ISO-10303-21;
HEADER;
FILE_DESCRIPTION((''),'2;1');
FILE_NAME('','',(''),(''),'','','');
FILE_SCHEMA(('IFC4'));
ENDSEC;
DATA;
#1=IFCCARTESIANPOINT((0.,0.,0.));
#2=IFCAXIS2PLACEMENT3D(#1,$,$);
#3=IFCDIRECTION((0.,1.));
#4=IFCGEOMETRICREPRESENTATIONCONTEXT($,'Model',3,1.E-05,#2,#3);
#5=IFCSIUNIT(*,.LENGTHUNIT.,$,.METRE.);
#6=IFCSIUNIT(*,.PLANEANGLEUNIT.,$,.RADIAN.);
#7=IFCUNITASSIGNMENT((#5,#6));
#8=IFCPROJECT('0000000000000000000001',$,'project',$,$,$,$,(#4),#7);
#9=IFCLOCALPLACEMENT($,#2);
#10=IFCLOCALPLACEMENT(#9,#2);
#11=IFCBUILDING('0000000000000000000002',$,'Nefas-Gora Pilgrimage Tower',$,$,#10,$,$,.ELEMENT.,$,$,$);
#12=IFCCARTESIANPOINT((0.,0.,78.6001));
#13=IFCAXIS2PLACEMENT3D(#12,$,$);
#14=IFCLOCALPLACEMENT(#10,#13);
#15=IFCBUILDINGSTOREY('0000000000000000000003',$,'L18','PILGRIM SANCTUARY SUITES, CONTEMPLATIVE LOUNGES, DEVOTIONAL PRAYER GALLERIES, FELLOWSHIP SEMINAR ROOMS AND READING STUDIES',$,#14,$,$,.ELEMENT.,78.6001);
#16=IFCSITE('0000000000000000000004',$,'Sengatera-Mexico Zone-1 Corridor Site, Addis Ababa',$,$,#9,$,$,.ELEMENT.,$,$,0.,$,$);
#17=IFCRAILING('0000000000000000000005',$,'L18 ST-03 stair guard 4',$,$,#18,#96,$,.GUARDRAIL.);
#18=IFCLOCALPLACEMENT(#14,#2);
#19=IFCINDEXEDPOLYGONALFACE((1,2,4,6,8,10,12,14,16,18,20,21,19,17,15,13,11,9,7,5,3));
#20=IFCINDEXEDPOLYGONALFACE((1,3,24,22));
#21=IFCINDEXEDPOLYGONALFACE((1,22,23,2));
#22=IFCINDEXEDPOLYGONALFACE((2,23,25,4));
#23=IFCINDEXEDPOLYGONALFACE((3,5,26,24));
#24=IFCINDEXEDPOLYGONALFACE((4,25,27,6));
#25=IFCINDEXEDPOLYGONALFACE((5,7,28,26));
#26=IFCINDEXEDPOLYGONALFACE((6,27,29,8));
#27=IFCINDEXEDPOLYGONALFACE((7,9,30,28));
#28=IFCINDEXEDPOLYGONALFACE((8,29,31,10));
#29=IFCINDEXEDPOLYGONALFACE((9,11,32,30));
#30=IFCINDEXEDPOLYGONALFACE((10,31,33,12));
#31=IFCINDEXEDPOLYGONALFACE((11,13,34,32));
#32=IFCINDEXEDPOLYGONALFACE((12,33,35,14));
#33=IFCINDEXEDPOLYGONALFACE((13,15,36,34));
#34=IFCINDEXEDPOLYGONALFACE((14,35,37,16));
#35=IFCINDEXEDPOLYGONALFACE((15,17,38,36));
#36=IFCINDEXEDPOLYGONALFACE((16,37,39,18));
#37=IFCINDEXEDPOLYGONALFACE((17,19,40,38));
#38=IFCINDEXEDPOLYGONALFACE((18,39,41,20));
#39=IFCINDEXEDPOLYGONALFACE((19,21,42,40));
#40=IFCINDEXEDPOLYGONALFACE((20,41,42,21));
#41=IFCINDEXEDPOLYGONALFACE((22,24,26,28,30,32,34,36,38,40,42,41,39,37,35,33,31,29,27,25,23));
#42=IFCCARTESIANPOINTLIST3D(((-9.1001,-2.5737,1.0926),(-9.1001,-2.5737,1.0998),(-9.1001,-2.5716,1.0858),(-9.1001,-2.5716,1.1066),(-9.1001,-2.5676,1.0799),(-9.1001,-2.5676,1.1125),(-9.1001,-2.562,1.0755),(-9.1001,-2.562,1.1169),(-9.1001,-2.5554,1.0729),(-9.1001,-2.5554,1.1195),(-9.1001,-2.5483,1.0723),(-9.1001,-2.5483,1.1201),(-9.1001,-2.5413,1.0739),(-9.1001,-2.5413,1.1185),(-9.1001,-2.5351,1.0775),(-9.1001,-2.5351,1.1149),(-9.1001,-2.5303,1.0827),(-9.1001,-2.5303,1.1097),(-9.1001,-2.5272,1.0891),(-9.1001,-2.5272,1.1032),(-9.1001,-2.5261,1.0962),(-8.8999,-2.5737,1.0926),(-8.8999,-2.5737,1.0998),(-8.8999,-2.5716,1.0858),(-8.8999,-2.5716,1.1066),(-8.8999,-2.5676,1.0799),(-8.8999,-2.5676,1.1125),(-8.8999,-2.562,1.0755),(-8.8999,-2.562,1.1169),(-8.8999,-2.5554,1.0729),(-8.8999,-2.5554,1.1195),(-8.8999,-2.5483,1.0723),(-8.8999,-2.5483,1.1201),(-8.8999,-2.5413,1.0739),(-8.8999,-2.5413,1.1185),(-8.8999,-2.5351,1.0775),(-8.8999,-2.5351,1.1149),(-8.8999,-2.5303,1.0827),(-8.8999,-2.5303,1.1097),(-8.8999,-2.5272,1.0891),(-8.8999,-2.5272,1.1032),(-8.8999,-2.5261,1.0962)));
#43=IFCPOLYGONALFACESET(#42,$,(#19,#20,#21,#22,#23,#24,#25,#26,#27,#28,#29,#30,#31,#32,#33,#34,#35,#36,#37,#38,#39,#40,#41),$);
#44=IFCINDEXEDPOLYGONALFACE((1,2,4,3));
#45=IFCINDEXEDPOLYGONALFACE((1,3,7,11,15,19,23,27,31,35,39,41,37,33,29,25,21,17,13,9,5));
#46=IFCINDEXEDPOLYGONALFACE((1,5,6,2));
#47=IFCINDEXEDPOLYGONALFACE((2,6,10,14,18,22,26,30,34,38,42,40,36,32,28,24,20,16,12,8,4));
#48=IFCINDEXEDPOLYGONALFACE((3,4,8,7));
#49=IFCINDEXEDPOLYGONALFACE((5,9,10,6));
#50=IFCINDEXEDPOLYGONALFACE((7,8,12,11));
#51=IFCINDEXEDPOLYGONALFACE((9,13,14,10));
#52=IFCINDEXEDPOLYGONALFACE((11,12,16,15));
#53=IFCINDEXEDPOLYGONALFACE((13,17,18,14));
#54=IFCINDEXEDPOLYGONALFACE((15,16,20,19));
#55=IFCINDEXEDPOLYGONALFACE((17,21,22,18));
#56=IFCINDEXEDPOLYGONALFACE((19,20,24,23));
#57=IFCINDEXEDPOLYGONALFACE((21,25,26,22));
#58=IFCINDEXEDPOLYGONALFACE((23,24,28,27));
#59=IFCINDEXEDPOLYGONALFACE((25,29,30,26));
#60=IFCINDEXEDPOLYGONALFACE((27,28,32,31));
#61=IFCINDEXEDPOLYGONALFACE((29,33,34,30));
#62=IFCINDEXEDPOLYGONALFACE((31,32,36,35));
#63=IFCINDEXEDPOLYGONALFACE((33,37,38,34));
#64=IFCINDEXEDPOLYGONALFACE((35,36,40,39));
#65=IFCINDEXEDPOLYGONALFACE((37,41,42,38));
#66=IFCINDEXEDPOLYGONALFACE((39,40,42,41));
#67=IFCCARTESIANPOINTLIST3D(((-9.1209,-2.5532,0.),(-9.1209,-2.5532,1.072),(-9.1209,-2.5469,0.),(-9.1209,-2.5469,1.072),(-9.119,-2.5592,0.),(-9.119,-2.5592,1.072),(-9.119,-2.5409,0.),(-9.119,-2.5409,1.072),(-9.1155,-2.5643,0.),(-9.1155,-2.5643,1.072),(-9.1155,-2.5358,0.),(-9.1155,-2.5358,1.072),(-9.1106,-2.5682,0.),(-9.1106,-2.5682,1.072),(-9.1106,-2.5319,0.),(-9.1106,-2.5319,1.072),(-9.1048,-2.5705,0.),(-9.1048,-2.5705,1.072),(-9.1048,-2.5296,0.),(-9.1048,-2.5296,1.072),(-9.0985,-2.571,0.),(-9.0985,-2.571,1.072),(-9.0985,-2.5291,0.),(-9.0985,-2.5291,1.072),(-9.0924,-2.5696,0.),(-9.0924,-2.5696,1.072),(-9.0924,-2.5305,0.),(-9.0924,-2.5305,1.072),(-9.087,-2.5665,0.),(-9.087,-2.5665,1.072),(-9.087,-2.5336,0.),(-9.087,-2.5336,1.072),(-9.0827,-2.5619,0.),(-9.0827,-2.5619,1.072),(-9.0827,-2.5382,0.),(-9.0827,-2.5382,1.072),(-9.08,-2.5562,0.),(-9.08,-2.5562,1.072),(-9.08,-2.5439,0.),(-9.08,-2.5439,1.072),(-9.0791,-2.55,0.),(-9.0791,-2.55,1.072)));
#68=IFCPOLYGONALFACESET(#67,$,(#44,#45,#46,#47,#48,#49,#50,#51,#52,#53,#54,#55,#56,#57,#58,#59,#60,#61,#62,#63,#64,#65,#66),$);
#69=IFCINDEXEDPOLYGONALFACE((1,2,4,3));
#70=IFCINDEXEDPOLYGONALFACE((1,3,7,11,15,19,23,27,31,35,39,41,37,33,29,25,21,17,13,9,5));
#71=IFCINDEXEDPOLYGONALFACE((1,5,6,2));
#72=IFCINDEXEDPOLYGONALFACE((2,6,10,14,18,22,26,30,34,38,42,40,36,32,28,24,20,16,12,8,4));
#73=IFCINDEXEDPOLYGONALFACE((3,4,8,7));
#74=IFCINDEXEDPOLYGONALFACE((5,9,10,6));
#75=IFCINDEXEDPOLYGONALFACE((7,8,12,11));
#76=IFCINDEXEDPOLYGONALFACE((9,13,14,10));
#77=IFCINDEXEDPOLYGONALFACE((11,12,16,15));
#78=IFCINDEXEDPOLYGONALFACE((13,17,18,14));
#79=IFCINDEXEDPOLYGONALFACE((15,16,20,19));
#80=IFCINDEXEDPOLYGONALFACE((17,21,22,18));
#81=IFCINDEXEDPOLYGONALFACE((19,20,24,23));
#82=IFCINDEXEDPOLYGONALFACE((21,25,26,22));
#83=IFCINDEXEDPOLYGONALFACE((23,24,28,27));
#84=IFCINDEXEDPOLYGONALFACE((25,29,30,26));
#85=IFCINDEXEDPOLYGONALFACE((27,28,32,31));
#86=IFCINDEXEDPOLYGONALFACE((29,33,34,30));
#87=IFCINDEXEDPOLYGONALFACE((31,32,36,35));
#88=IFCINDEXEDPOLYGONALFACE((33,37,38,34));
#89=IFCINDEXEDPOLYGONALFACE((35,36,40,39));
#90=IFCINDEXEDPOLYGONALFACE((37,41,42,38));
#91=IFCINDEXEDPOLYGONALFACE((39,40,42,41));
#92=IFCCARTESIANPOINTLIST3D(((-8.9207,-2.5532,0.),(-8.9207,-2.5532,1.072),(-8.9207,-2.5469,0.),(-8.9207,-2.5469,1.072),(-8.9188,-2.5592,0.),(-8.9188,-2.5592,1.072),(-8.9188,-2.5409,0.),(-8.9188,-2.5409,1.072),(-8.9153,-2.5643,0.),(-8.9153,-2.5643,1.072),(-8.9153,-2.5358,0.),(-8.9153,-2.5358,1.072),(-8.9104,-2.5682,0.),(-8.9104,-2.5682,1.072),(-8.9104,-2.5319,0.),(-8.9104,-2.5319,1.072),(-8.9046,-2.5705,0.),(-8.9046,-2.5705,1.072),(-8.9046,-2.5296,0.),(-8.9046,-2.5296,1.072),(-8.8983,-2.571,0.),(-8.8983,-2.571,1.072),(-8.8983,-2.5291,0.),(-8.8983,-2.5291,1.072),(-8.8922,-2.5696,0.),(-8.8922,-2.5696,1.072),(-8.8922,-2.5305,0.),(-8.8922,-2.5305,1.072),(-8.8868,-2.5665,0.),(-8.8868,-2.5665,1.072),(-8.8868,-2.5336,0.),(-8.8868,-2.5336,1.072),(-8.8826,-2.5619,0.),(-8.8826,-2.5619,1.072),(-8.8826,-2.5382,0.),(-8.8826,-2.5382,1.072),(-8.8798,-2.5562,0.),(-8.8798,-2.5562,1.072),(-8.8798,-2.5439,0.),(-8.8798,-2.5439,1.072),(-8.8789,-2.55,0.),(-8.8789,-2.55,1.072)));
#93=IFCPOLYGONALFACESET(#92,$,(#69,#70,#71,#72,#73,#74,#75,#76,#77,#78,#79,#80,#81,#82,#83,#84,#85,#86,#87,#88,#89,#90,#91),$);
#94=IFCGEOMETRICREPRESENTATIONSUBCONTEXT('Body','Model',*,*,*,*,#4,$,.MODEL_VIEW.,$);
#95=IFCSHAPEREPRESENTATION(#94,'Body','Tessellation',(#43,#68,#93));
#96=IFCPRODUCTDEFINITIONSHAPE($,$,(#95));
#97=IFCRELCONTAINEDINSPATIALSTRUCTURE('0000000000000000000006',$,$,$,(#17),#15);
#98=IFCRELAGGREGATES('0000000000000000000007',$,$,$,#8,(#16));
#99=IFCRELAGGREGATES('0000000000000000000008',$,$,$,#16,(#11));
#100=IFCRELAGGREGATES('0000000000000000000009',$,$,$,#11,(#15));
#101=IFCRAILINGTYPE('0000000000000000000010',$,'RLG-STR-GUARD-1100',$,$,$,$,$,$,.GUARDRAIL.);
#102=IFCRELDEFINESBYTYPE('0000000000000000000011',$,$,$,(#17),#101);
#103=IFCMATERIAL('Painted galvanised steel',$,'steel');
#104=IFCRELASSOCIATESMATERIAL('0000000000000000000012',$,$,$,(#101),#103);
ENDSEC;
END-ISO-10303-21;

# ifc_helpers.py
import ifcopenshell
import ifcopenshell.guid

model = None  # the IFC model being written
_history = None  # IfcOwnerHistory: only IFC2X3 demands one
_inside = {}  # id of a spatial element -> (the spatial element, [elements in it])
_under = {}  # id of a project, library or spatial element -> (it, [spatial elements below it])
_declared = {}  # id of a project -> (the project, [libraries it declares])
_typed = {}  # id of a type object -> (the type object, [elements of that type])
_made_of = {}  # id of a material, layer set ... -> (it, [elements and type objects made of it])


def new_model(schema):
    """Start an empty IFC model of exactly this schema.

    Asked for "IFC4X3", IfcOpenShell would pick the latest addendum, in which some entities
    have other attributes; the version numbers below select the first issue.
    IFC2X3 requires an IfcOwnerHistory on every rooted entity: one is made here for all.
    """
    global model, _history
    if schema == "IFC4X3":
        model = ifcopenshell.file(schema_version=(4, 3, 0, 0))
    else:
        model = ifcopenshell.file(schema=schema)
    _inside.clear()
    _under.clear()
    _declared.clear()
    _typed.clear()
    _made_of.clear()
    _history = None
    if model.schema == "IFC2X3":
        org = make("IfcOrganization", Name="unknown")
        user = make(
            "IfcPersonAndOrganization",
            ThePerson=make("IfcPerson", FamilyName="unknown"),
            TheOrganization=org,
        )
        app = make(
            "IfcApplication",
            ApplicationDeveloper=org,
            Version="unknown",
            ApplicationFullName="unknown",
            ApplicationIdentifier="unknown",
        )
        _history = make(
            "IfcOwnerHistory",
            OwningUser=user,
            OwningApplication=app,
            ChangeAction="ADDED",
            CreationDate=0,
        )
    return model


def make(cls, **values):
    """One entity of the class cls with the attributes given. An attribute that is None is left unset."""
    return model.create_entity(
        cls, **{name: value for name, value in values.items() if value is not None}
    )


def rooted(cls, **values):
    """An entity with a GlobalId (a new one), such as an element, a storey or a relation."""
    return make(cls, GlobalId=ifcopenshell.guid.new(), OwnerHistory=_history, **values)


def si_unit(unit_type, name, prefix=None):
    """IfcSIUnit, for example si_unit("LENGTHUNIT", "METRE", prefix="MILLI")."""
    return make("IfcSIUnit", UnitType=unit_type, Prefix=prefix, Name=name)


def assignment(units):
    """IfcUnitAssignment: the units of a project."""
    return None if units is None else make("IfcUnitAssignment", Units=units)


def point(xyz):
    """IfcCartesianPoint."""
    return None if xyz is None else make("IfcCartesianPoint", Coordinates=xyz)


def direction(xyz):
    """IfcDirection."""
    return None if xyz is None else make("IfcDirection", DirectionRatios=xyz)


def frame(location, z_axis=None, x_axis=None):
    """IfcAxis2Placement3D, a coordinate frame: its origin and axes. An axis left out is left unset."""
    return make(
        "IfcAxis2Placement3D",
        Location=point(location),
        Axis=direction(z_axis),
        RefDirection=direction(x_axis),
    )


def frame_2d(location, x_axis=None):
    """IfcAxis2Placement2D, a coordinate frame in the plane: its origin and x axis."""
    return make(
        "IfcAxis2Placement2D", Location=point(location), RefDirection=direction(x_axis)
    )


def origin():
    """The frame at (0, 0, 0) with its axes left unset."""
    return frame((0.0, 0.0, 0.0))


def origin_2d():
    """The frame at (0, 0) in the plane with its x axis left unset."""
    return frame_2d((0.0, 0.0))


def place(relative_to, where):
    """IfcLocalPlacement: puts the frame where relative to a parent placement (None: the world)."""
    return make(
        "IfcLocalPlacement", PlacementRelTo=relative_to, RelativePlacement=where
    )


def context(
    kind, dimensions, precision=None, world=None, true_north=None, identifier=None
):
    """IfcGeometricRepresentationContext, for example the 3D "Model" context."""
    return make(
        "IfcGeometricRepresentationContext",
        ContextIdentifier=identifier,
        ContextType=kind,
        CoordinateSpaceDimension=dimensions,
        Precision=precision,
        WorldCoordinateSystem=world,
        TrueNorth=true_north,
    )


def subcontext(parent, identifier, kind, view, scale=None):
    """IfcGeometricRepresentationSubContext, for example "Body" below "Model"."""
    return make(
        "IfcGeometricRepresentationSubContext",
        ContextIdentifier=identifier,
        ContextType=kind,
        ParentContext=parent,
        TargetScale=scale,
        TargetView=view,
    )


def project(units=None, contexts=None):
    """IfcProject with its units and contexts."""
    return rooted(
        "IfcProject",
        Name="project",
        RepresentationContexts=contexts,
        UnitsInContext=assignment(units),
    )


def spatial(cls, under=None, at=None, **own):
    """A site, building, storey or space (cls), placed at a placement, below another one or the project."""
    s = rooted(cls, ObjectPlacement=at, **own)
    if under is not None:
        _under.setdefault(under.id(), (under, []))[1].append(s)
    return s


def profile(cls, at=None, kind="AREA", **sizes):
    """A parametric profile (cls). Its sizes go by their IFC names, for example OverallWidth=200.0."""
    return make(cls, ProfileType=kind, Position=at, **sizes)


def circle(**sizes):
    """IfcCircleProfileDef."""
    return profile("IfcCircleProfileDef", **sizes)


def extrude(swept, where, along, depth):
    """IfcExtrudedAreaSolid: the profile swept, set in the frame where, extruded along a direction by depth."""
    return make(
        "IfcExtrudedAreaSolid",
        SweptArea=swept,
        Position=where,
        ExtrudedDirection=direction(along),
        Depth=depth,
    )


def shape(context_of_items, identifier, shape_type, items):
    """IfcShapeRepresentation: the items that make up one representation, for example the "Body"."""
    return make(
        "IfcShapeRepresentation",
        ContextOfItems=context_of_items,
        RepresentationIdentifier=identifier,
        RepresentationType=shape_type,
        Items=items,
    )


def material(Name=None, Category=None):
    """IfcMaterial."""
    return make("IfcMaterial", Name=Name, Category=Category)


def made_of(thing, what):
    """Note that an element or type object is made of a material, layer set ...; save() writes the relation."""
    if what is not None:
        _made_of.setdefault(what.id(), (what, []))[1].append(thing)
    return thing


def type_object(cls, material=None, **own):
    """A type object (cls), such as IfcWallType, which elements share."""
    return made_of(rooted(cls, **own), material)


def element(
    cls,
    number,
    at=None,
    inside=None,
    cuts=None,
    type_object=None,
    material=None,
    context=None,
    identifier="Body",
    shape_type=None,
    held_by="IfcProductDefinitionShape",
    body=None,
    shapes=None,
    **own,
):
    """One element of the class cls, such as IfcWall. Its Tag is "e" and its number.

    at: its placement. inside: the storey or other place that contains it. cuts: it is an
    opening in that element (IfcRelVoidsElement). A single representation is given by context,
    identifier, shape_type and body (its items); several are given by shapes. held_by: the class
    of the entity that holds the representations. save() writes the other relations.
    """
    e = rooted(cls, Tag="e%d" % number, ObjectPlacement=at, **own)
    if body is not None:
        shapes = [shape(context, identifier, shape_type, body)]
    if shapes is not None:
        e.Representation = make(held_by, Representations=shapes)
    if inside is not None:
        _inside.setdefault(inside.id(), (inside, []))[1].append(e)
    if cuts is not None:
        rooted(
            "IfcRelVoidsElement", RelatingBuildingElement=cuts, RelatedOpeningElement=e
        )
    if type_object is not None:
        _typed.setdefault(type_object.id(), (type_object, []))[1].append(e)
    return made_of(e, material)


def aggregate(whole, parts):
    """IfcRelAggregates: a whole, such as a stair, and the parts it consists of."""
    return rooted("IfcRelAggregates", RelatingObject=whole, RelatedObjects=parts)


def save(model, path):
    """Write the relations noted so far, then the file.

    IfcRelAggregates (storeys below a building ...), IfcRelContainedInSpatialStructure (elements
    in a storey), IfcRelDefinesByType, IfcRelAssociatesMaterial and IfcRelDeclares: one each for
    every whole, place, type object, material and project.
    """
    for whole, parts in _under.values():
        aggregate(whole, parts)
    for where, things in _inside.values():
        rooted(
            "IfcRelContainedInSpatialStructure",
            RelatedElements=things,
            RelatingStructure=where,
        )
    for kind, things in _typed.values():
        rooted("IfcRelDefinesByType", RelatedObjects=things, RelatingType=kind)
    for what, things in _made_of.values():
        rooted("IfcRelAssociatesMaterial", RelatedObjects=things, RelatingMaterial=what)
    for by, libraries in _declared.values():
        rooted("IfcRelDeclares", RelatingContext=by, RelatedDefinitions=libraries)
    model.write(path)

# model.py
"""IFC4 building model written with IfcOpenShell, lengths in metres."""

from ifc_helpers import new_model, si_unit, direction, frame, origin, origin_2d, place, context, subcontext, project, spatial, circle, extrude, material, type_object, element, save


model = new_model("IFC4")

# Units and contexts
model_context = context("Model", 3, precision=1e-05, world=origin(), true_north=direction((0.0, 1.0)))
body_context = subcontext(model_context, "Body", "Model", "MODEL_VIEW")
ifc_project = project(units=[si_unit("LENGTHUNIT", "METRE"), si_unit("PLANEANGLEUNIT", "RADIAN")], contexts=[model_context])

# Site, building, storey
site_placement = place(None, origin())
site = spatial("IfcSite", under=ifc_project, at=site_placement, Name="Sengatera-Mexico Zone-1 Corridor Site, Addis Ababa", CompositionType="ELEMENT", RefElevation=0.0)
building_placement = place(site_placement, origin())
building = spatial("IfcBuilding", under=site, at=building_placement, Name="Nefas-Gora Pilgrimage Tower", CompositionType="ELEMENT")
storey_placement = place(building_placement, frame((0.0, 0.0, 78.6001)))
storey = spatial("IfcBuildingStorey", under=building, at=storey_placement, Name="L18", Description="PILGRIM SANCTUARY SUITES, CONTEMPLATIVE LOUNGES, DEVOTIONAL PRAYER GALLERIES, FELLOWSHIP SEMINAR ROOMS AND READING STUDIES", CompositionType="ELEMENT", Elevation=78.6001)

# Railing
ifc_material_1 = material(Name="Painted galvanised steel", Category="steel")
railing_type_1 = type_object("IfcRailingType", Name="RLG-STR-GUARD-1100", PredefinedType="GUARDRAIL", material=ifc_material_1)
railing_1_placement = place(storey_placement, frame((-9.1001, -2.55, 0.0)))
element("IfcRailing", 1, at=railing_1_placement, inside=storey, type_object=railing_type_1, Name="L18 ST-03 stair guard 4", PredefinedType="GUARDRAIL", context=body_context, shape_type="SweptSolid", body=[
    extrude(circle(Radius=0.0239, at=origin_2d()), frame((0.0, 0.0, 1.0962), z_axis=(1.0, 0.0, 0.0), x_axis=(0.0, 1.0, 0.0)), (0.0, 0.0, 1.0), 0.2002),
    extrude(circle(Radius=0.021, at=origin_2d()), origin(), (0.0, 0.0, 1.0), 1.072),
    extrude(circle(Radius=0.021, at=origin_2d()), frame((0.2002, 0.0, 0.0)), (0.0, 0.0, 1.0), 1.072),
])

save(model, "model.ifc")
